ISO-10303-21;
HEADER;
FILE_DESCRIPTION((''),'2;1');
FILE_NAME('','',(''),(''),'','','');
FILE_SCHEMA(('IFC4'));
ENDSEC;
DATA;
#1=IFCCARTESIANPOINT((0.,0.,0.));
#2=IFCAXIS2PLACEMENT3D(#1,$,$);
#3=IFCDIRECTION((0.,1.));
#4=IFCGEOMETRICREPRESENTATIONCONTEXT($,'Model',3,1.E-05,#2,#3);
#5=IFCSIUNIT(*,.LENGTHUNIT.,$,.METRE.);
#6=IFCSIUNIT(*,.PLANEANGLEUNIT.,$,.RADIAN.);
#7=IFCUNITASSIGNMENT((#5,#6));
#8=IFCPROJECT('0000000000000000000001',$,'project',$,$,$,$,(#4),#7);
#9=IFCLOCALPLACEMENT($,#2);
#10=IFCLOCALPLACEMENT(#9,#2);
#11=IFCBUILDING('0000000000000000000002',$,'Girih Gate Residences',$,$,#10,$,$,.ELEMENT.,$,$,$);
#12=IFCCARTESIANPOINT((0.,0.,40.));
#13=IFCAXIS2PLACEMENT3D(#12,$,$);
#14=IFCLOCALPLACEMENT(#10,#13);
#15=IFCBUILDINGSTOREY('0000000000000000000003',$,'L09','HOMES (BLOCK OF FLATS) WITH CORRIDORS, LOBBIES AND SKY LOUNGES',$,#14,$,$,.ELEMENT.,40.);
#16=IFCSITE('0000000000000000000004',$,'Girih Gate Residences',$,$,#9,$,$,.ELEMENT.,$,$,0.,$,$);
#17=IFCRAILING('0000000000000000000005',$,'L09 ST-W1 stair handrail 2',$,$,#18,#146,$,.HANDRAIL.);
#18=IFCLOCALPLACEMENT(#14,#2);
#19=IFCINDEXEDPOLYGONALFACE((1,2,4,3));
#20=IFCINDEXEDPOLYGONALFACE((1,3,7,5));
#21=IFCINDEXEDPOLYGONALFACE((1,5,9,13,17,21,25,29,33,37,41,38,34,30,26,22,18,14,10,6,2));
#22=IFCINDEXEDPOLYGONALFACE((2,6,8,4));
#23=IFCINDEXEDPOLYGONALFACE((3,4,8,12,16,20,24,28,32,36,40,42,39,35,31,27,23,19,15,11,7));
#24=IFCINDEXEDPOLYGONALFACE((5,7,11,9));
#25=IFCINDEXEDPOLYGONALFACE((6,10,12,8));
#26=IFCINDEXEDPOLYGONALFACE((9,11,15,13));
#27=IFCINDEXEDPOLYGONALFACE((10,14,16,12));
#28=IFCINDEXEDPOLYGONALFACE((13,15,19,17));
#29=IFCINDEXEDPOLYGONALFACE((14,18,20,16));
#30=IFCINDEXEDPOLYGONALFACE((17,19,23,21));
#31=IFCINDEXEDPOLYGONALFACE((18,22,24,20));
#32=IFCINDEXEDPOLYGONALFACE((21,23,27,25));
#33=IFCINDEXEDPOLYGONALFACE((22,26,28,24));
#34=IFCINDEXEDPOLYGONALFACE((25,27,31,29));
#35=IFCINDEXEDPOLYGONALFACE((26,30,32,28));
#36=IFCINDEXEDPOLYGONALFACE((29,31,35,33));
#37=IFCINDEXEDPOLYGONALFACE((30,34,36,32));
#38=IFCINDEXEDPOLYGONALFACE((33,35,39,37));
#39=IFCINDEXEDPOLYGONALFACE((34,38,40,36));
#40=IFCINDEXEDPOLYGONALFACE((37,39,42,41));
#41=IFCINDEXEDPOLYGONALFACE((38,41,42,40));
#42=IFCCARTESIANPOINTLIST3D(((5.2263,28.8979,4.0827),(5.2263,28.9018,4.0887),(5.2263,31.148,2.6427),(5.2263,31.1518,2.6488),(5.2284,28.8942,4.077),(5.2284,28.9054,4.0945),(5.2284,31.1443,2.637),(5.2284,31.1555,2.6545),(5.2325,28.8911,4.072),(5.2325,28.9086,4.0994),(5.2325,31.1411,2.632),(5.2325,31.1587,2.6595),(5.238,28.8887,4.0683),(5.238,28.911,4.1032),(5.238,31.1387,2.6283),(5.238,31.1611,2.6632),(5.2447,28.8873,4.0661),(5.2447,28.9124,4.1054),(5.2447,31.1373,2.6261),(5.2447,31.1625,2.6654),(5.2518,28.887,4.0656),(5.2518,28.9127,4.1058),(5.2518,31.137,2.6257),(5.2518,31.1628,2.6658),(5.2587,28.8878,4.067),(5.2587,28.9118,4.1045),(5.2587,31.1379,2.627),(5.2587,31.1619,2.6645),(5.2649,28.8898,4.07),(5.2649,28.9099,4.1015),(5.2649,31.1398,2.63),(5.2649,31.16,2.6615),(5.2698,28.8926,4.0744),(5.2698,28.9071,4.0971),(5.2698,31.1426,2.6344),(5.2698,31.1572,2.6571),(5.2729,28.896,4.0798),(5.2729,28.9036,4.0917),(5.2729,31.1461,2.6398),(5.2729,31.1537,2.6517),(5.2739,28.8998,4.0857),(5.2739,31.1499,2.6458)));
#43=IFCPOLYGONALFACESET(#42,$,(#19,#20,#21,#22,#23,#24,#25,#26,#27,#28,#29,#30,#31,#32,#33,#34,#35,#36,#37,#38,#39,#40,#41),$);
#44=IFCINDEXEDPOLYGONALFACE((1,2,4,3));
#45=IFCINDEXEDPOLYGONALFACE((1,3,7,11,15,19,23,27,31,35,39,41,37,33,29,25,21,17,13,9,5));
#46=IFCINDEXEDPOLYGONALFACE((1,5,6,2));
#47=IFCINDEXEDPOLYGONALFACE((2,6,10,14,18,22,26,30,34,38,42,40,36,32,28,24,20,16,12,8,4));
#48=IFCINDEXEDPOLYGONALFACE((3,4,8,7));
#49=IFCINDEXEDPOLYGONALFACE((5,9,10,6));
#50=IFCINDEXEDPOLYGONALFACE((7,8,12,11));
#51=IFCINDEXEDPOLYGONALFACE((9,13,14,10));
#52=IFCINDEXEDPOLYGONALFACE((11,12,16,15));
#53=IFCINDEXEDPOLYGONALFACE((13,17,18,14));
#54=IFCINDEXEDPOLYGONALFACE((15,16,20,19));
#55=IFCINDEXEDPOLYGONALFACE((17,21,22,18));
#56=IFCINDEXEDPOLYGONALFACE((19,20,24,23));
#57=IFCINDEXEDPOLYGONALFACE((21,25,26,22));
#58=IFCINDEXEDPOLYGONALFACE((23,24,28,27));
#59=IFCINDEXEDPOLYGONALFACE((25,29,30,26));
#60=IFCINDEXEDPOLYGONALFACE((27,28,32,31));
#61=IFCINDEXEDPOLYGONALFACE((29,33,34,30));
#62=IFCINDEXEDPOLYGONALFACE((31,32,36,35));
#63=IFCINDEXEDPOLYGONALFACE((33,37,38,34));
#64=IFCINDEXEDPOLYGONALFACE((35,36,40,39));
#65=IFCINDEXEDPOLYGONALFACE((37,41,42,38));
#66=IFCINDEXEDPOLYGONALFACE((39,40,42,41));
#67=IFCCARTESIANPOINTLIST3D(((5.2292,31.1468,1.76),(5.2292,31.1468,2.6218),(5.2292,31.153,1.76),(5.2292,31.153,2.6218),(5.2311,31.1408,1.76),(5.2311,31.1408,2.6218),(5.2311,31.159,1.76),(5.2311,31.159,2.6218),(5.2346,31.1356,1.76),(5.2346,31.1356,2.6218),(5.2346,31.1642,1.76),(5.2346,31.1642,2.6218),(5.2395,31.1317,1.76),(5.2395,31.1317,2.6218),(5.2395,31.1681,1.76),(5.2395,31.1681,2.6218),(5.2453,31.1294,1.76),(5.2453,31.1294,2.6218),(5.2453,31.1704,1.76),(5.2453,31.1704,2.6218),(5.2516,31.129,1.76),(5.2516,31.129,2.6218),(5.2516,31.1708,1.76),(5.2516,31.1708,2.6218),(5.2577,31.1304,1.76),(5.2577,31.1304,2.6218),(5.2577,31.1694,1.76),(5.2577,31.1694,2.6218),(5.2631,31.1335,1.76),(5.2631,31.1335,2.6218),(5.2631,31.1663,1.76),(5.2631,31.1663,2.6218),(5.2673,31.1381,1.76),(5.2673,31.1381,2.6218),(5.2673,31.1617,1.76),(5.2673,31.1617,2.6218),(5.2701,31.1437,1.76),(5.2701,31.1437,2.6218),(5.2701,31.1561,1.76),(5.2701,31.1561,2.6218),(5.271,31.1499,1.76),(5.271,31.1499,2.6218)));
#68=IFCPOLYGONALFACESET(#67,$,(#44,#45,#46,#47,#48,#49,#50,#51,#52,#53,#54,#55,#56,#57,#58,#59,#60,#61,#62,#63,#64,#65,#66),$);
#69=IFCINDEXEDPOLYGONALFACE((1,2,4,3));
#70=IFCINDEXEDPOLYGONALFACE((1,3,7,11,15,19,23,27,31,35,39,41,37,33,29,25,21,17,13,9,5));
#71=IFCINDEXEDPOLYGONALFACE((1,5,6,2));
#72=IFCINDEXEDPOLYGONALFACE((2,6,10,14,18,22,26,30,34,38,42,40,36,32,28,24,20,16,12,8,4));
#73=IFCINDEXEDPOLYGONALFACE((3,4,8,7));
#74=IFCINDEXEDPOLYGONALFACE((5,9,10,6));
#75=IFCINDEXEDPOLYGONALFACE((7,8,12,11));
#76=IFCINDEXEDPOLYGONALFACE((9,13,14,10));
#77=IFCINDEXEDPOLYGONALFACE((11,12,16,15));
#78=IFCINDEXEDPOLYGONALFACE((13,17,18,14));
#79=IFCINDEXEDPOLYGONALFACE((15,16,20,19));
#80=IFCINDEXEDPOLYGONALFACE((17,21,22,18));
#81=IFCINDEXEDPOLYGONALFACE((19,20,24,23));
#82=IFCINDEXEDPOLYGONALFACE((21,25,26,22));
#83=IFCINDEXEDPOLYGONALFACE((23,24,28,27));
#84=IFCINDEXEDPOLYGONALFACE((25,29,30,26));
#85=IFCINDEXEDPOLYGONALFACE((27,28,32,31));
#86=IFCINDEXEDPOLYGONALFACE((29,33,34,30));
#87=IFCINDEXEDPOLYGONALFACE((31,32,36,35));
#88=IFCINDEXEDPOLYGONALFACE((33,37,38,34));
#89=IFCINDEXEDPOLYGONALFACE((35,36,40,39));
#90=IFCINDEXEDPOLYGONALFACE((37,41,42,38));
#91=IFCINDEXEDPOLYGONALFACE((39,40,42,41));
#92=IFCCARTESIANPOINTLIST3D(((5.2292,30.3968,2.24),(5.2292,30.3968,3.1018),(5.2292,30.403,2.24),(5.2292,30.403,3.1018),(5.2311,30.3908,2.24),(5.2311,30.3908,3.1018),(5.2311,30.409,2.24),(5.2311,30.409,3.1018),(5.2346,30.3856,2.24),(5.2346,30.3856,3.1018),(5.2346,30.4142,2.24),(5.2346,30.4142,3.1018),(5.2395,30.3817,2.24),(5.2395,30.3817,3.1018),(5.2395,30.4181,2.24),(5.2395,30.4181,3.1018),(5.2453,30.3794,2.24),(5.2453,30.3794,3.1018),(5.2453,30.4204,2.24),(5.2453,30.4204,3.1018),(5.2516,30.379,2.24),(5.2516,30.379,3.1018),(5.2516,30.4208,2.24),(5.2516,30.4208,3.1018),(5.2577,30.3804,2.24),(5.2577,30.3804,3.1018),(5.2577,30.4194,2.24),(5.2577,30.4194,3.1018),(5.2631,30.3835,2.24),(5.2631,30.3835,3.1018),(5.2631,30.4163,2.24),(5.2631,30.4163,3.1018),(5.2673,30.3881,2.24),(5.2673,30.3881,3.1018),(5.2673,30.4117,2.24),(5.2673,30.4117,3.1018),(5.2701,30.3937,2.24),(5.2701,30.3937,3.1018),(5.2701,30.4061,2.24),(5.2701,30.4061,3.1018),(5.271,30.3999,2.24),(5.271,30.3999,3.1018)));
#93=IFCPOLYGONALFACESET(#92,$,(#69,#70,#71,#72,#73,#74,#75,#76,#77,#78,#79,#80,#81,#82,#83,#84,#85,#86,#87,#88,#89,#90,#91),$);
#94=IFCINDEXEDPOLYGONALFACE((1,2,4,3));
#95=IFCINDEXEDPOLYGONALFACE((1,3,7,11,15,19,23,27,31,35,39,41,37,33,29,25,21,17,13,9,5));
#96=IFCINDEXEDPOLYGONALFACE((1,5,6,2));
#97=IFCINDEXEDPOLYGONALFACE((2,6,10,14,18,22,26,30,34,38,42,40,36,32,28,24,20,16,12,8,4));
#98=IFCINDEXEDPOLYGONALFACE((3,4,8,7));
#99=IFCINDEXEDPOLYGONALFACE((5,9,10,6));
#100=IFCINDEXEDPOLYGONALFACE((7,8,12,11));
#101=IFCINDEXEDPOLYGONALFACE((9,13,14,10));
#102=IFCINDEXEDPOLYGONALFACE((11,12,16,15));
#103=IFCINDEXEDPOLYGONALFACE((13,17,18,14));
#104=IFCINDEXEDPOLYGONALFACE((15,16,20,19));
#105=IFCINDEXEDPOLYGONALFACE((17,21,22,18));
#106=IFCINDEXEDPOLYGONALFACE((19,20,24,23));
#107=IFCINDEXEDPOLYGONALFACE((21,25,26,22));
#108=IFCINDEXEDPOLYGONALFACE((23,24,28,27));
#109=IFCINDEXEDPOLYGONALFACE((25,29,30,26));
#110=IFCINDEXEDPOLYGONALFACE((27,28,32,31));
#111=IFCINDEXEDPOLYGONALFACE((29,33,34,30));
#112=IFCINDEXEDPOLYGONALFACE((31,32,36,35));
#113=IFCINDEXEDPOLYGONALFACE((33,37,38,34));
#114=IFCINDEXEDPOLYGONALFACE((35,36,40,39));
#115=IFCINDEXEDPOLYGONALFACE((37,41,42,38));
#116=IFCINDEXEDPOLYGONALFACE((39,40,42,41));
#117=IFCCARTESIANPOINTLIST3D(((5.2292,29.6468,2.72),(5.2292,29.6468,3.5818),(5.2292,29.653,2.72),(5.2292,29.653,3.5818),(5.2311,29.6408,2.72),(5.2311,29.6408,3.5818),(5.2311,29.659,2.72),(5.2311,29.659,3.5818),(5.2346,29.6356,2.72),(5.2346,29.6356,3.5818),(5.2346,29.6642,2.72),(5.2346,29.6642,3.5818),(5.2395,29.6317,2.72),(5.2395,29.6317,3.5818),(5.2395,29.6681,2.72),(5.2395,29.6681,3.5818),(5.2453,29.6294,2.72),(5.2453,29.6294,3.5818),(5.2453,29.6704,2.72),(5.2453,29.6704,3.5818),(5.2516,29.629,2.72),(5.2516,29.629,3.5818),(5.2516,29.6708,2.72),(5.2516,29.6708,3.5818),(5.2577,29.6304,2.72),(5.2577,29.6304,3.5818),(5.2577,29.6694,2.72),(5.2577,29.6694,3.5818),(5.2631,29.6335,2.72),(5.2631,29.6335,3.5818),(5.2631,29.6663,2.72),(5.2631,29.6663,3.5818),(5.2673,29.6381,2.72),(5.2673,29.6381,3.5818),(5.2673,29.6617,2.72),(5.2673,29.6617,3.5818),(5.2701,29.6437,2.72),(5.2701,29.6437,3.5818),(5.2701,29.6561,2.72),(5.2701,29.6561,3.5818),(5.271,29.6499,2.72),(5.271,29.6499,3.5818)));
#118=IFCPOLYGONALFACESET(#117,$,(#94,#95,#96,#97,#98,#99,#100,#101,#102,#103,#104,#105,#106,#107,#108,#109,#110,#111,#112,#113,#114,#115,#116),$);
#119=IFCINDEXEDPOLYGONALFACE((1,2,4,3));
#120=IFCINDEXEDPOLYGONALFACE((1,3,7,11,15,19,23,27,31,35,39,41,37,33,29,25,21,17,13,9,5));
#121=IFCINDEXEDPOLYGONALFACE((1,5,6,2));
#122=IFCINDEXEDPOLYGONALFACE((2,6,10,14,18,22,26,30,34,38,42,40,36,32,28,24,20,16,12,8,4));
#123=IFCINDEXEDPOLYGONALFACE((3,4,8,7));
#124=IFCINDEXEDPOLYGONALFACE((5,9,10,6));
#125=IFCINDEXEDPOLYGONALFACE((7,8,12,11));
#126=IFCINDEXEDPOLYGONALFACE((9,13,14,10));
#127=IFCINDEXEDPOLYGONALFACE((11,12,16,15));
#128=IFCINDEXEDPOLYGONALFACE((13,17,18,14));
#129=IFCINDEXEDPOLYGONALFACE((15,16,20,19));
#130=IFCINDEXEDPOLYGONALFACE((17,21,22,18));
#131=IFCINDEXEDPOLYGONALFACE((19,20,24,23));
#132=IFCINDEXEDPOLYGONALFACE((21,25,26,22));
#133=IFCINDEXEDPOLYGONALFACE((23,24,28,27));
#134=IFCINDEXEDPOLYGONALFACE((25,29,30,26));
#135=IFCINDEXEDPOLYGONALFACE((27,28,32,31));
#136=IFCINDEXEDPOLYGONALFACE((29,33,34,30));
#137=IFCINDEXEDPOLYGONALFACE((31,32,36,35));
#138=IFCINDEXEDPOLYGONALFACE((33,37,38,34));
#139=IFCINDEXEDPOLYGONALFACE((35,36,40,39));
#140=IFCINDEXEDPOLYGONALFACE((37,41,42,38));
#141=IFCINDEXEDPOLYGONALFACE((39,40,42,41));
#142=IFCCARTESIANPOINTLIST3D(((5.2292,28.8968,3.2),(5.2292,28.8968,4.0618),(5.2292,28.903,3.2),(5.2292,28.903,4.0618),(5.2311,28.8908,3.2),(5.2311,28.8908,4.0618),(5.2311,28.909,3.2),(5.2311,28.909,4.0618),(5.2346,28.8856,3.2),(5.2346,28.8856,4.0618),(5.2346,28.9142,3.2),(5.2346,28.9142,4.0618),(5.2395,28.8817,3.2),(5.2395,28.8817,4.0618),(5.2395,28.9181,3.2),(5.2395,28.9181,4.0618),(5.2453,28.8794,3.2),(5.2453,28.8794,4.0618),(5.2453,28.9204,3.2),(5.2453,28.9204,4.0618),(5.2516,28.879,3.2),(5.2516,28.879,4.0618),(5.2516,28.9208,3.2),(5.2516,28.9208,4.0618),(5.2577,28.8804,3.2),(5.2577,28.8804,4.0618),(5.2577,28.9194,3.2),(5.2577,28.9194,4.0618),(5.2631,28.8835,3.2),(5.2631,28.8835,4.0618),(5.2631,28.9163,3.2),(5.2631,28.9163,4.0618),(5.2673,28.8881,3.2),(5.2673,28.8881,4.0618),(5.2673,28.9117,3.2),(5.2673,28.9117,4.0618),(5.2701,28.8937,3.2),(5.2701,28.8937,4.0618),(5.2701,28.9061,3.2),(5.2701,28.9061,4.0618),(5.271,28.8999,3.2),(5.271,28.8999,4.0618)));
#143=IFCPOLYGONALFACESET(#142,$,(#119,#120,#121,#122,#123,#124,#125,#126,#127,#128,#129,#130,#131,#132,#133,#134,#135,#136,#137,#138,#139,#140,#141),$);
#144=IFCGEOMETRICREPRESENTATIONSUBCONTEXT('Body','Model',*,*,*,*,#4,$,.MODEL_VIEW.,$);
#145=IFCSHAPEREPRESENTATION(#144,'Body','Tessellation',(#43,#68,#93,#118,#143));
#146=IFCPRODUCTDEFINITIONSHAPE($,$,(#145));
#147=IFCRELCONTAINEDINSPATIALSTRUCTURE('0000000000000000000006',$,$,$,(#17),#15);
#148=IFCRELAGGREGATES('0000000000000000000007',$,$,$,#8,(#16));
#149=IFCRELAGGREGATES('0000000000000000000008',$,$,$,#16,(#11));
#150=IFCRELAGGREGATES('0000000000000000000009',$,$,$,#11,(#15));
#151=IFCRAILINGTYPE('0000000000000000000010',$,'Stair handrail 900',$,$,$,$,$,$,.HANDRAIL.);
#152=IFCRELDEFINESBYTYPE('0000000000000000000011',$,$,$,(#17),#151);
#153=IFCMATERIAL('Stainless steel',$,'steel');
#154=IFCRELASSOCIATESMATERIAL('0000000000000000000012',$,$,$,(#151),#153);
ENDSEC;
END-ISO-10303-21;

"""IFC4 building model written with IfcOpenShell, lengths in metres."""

from ifc_helpers import new_model, si_unit, direction, frame, origin, origin_2d, place, context, subcontext, project, spatial, circle, extrude, material, type_object, element, save


model = new_model("IFC4")

# Units and contexts
model_context = context("Model", 3, precision=1e-05, world=origin(), true_north=direction((0.0, 1.0)))
body_context = subcontext(model_context, "Body", "Model", "MODEL_VIEW")
ifc_project = project(units=[si_unit("LENGTHUNIT", "METRE"), si_unit("PLANEANGLEUNIT", "RADIAN")], contexts=[model_context])

# Site, building, storey
site_placement = place(None, origin())
site = spatial("IfcSite", under=ifc_project, at=site_placement, Name="Girih Gate Residences", CompositionType="ELEMENT", RefElevation=0.0)
building_placement = place(site_placement, origin())
building = spatial("IfcBuilding", under=site, at=building_placement, Name="Girih Gate Residences", CompositionType="ELEMENT")
storey_placement = place(building_placement, frame((0.0, 0.0, 40.0)))
storey = spatial("IfcBuildingStorey", under=building, at=storey_placement, Name="L09", Description="HOMES (BLOCK OF FLATS) WITH CORRIDORS, LOBBIES AND SKY LOUNGES", CompositionType="ELEMENT", Elevation=40.0)

# Railing
ifc_material_1 = material(Name="Stainless steel", Category="steel")
railing_type_1 = type_object("IfcRailingType", Name="Stair handrail 900", PredefinedType="HANDRAIL", material=ifc_material_1)
railing_1_placement = place(storey_placement, frame((5.25, 31.1499, 1.76)))
element("IfcRailing", 1, at=railing_1_placement, inside=storey, type_object=railing_type_1, Name="L09 ST-W1 stair handrail 2", PredefinedType="HANDRAIL", context=body_context, shape_type="SweptSolid", body=[
    extrude(circle(Radius=0.0239, at=origin_2d()), frame((0.0, 0.0, 0.8857), z_axis=(0.0, -0.842281, 0.539038), x_axis=(1.0, 0.0, 0.0)), (0.0, 0.0, 1.0), 2.6714),
    extrude(circle(Radius=0.021, at=origin_2d()), origin(), (0.0, 0.0, 1.0), 0.8618),
    extrude(circle(Radius=0.021, at=origin_2d()), frame((0.0, -0.75, 0.48)), (0.0, 0.0, 1.0), 0.8618),
    extrude(circle(Radius=0.021, at=origin_2d()), frame((0.0, -1.5, 0.96)), (0.0, 0.0, 1.0), 0.8618),
    extrude(circle(Radius=0.021, at=origin_2d()), frame((0.0, -2.25, 1.4399)), (0.0, 0.0, 1.0), 0.8618),
])

save(model, "model.ifc")
